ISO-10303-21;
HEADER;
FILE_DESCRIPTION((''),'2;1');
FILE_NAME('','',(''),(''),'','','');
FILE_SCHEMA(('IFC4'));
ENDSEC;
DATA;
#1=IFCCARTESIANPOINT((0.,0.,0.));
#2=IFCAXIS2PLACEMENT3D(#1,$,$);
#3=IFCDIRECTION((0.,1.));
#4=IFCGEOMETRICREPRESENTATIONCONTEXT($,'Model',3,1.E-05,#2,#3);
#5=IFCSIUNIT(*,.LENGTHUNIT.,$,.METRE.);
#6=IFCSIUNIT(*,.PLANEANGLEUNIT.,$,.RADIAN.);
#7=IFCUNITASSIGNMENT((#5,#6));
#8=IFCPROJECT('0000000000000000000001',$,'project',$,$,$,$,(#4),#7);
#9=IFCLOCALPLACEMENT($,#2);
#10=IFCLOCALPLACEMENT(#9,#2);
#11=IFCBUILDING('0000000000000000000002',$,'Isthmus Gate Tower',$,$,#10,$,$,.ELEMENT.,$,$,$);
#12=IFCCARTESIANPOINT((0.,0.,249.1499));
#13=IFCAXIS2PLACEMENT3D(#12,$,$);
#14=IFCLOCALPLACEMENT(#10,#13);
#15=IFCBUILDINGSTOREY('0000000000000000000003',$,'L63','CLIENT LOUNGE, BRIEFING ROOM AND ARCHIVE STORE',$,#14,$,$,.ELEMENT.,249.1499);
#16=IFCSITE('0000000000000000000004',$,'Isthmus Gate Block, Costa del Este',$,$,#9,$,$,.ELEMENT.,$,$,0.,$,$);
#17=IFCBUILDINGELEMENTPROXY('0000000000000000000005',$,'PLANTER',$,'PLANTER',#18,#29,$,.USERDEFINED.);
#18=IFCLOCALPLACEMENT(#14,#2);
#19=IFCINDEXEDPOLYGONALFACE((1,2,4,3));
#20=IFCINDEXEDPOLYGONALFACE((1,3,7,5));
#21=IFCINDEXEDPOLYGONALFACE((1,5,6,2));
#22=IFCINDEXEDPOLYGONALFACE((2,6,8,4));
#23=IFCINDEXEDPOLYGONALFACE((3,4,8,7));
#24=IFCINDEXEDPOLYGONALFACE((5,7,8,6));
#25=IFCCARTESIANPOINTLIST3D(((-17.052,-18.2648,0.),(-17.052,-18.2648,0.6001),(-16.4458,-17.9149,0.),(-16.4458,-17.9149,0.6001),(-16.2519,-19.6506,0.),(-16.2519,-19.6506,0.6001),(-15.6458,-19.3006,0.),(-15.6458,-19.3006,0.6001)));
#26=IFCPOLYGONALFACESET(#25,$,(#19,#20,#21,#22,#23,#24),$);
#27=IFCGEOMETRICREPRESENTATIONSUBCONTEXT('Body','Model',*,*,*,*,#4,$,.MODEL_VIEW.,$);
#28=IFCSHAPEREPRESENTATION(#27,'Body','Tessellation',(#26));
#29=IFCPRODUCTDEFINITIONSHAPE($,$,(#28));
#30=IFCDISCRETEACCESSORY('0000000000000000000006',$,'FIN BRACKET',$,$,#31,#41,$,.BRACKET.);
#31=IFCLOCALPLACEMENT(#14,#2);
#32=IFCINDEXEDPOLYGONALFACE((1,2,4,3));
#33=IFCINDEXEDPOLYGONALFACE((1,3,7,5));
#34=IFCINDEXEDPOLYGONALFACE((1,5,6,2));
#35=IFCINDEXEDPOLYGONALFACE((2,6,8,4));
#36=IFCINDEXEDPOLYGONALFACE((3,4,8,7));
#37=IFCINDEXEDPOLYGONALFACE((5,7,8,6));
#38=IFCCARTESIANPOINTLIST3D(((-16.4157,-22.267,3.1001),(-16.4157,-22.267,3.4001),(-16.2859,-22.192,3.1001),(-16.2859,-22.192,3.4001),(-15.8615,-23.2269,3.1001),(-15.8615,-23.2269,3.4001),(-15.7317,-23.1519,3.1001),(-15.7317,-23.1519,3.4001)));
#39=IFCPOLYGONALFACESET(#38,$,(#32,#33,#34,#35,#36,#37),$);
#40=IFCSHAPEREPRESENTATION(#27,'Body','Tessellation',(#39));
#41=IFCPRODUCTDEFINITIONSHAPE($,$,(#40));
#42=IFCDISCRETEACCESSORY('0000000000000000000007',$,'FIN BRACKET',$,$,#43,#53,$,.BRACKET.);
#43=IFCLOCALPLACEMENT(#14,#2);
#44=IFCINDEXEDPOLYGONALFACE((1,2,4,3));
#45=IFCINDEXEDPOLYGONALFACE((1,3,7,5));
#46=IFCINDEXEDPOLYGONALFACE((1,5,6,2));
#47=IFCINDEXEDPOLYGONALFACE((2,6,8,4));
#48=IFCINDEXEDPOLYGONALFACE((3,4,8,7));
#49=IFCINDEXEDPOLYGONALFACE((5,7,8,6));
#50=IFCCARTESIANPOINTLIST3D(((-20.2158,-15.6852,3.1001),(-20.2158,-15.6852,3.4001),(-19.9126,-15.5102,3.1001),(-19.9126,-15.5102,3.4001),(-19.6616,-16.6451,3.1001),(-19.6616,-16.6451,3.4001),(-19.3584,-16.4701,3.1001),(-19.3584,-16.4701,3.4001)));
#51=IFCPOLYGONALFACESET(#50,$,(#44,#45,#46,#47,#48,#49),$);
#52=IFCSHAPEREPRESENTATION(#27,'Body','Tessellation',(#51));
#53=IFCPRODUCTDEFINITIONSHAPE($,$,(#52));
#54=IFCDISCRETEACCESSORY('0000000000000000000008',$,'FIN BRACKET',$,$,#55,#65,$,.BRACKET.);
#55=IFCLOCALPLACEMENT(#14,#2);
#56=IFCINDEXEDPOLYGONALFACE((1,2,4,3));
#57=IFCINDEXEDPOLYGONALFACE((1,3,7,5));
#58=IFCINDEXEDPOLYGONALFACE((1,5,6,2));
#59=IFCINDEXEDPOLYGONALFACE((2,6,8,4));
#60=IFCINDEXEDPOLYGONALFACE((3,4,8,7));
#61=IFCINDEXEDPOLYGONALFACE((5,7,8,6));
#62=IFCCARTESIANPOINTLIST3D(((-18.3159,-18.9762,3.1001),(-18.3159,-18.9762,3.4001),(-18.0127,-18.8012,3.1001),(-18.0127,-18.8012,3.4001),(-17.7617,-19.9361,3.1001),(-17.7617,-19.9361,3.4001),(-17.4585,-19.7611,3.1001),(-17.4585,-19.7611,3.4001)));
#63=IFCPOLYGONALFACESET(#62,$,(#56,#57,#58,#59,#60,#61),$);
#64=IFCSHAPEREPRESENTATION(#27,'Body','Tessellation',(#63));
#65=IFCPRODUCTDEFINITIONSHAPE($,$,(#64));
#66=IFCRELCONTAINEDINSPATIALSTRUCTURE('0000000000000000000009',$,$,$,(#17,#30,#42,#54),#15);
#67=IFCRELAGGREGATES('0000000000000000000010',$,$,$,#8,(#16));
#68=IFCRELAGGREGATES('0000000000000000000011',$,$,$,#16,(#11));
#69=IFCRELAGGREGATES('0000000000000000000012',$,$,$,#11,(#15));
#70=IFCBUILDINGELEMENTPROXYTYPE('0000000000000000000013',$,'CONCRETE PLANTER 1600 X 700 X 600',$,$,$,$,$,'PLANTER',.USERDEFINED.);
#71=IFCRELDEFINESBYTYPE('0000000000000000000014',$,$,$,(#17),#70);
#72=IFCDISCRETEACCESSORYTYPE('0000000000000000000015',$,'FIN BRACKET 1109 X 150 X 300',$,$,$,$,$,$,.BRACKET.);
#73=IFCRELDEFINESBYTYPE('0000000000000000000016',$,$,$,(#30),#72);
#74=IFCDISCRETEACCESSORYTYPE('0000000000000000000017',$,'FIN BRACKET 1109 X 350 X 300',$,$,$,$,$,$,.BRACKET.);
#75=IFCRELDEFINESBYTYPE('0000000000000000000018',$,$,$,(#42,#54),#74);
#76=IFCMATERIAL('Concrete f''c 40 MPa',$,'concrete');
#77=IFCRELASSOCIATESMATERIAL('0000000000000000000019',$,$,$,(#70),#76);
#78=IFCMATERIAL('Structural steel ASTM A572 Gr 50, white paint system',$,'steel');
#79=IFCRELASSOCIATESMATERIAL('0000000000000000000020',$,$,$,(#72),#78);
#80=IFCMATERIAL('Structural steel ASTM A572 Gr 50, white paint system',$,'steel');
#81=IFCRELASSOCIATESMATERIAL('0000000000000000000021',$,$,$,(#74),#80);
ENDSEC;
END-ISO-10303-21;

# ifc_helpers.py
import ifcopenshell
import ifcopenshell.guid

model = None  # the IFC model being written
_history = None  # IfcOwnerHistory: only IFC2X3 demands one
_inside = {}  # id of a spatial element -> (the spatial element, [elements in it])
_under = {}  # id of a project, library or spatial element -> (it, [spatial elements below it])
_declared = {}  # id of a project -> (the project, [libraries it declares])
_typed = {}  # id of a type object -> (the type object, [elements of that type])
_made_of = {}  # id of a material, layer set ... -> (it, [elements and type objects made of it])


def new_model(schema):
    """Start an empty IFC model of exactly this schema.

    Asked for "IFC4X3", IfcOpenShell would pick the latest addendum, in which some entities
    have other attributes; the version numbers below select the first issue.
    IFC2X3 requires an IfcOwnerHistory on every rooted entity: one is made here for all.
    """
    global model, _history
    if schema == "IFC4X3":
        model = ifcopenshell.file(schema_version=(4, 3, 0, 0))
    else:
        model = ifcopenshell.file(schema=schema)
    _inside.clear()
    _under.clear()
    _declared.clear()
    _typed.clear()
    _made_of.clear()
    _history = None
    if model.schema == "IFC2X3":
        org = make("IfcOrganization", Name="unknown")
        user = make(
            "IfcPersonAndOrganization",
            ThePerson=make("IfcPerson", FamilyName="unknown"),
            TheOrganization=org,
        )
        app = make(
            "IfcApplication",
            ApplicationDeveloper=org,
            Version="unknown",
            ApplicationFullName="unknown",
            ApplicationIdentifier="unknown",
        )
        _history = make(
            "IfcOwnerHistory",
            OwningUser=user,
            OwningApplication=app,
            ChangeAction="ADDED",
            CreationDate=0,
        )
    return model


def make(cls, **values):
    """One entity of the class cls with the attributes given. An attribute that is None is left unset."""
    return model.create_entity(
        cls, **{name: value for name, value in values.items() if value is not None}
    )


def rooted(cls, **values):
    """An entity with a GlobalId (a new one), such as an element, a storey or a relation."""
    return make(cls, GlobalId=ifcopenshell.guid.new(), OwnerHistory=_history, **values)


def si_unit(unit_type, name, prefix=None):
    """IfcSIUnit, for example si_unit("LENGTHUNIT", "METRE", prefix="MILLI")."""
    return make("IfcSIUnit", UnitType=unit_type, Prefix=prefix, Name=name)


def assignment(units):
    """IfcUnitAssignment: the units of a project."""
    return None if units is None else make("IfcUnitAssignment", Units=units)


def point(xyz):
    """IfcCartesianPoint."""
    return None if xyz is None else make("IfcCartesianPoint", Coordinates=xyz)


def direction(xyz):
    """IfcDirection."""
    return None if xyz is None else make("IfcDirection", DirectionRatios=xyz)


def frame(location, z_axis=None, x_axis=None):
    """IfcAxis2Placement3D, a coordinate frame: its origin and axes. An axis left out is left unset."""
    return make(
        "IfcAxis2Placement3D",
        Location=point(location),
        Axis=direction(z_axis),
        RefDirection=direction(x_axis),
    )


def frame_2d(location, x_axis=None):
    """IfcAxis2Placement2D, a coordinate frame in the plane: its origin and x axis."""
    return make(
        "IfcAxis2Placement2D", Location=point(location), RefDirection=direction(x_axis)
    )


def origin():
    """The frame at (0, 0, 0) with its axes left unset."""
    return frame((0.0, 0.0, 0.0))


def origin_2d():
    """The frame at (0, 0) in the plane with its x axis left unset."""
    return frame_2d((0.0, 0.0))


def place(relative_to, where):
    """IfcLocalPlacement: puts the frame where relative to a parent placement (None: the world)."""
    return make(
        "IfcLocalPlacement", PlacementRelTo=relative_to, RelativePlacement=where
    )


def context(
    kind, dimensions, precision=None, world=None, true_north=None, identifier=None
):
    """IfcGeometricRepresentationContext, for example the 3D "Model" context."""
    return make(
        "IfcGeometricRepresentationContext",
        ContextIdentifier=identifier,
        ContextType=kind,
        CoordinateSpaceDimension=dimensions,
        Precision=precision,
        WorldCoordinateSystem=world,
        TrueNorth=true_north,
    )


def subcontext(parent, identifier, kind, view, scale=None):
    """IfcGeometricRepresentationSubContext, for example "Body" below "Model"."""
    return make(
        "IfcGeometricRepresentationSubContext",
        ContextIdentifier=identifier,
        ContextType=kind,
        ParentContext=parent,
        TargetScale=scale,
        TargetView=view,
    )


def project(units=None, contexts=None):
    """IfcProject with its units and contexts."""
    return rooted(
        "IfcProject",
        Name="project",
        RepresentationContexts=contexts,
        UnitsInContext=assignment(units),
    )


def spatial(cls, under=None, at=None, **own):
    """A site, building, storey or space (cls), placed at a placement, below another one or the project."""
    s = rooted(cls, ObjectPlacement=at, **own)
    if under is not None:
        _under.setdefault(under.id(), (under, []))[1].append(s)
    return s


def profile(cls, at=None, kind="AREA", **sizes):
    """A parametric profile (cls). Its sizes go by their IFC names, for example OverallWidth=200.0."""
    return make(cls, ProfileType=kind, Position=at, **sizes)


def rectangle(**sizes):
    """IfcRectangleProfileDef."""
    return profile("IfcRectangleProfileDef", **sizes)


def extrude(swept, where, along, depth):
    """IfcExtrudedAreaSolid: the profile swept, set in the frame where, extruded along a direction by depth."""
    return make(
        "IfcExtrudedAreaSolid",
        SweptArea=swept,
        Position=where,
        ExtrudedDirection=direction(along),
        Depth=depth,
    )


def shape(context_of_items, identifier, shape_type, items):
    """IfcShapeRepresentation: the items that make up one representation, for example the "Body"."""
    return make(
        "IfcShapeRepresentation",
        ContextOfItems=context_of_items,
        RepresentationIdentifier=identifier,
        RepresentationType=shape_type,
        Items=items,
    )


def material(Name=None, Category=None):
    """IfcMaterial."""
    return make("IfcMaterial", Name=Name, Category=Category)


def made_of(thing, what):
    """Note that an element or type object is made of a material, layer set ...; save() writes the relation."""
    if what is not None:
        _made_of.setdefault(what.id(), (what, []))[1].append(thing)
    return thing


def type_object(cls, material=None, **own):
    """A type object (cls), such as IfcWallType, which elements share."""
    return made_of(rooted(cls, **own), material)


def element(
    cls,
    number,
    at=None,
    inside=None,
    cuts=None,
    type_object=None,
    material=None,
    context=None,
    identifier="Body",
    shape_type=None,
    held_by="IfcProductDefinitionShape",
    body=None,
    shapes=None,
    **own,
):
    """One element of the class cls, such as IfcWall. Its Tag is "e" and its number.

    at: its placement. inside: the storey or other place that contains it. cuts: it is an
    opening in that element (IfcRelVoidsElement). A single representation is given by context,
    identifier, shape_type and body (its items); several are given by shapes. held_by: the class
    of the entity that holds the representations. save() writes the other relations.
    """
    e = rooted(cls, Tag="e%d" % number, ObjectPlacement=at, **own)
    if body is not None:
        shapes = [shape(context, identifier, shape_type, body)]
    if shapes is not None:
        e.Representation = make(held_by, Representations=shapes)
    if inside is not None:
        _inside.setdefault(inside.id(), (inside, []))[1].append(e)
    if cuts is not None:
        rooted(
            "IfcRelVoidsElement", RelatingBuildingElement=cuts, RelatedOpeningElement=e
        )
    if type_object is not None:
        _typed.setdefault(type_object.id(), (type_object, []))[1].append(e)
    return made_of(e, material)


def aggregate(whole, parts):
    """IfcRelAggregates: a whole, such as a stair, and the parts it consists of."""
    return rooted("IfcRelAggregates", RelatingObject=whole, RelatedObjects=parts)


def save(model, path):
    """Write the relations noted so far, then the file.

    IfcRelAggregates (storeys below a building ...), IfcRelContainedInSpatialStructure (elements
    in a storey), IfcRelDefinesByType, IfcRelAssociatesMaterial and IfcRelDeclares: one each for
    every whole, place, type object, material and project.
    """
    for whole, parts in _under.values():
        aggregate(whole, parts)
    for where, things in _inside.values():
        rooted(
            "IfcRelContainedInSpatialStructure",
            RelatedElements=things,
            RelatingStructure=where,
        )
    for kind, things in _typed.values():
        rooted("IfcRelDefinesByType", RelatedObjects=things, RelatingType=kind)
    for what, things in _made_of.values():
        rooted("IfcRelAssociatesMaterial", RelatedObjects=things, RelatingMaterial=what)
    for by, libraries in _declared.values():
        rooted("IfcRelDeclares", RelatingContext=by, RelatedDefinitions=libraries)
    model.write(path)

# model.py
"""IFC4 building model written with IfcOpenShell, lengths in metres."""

from ifc_helpers import new_model, si_unit, direction, frame, origin, origin_2d, place, context, subcontext, project, spatial, rectangle, extrude, material, type_object, element, save


model = new_model("IFC4")

# Units and contexts
model_context = context("Model", 3, precision=1e-05, world=origin(), true_north=direction((0.0, 1.0)))
body_context = subcontext(model_context, "Body", "Model", "MODEL_VIEW")
ifc_project = project(units=[si_unit("LENGTHUNIT", "METRE"), si_unit("PLANEANGLEUNIT", "RADIAN")], contexts=[model_context])

# Site, building, storey
site_placement = place(None, origin())
site = spatial("IfcSite", under=ifc_project, at=site_placement, Name="Isthmus Gate Block, Costa del Este", CompositionType="ELEMENT", RefElevation=0.0)
building_placement = place(site_placement, origin())
building = spatial("IfcBuilding", under=site, at=building_placement, Name="Isthmus Gate Tower", CompositionType="ELEMENT")
storey_placement = place(building_placement, frame((0.0, 0.0, 249.1499)))
storey = spatial("IfcBuildingStorey", under=building, at=storey_placement, Name="L63", Description="CLIENT LOUNGE, BRIEFING ROOM AND ARCHIVE STORE", CompositionType="ELEMENT", Elevation=249.1499)

# Building element proxy
ifc_material_1 = material(Name="Concrete f'c 40 MPa", Category="concrete")
building_element_proxy_type = type_object("IfcBuildingElementProxyType", Name="CONCRETE PLANTER 1600 X 700 X 600", ElementType="PLANTER", PredefinedType="USERDEFINED", material=ifc_material_1)
for number, where, z_axis, x_axis, name in (
    (1, (-16.3489, -18.7827, 0.0), (0.0, 0.0, 1.0), (0.5, -0.866025, 0.0), "PLANTER"),
):
    element("IfcBuildingElementProxy", number, at=place(storey_placement, frame(where, z_axis=z_axis, x_axis=x_axis)), inside=storey, type_object=building_element_proxy_type, Name=name, ObjectType="PLANTER", PredefinedType="USERDEFINED", context=body_context, shape_type="SweptSolid", body=[
        extrude(rectangle(XDim=1.6001, YDim=0.7, at=origin_2d()), origin(), (0.0, 0.0, 1.0), 0.6001),
    ])

# Discrete accessories
ifc_material_2 = material(Name="Structural steel ASTM A572 Gr 50, white paint system", Category="steel")
discrete_accessory_type_1 = type_object("IfcDiscreteAccessoryType", Name="FIN BRACKET 1109 X 150 X 300", PredefinedType="BRACKET", material=ifc_material_2)
discrete_accessory_placement = place(storey_placement, frame((-16.0737, -22.7095, 3.1001), z_axis=(0.0, 0.0, 1.0), x_axis=(-0.866025, -0.5, 0.0)))
element("IfcDiscreteAccessory", 2, at=discrete_accessory_placement, inside=storey, type_object=discrete_accessory_type_1, Name="FIN BRACKET", PredefinedType="BRACKET", context=body_context, shape_type="SweptSolid", body=[
    extrude(rectangle(XDim=0.1499, YDim=1.1084, at=origin_2d()), origin(), (0.0, 0.0, 1.0), 0.3),
])
ifc_material_3 = material(Name="Structural steel ASTM A572 Gr 50, white paint system", Category="steel")
discrete_accessory_type_2 = type_object("IfcDiscreteAccessoryType", Name="FIN BRACKET 1109 X 350 X 300", PredefinedType="BRACKET", material=ifc_material_3)
for number, where, z_axis, x_axis, name in (
    (3, (-19.7871, -16.0776, 3.1001), (0.0, 0.0, 1.0), (-0.866025, -0.5, 0.0), "FIN BRACKET"),
    (4, (-17.8872, -19.3687, 3.1001), (0.0, 0.0, 1.0), (-0.866025, -0.5, 0.0), "FIN BRACKET"),
):
    element("IfcDiscreteAccessory", number, at=place(storey_placement, frame(where, z_axis=z_axis, x_axis=x_axis)), inside=storey, type_object=discrete_accessory_type_2, Name=name, PredefinedType="BRACKET", context=body_context, shape_type="SweptSolid", body=[
        extrude(rectangle(XDim=0.3501, YDim=1.1084, at=origin_2d()), origin(), (0.0, 0.0, 1.0), 0.3),
    ])

save(model, "model.ifc")
